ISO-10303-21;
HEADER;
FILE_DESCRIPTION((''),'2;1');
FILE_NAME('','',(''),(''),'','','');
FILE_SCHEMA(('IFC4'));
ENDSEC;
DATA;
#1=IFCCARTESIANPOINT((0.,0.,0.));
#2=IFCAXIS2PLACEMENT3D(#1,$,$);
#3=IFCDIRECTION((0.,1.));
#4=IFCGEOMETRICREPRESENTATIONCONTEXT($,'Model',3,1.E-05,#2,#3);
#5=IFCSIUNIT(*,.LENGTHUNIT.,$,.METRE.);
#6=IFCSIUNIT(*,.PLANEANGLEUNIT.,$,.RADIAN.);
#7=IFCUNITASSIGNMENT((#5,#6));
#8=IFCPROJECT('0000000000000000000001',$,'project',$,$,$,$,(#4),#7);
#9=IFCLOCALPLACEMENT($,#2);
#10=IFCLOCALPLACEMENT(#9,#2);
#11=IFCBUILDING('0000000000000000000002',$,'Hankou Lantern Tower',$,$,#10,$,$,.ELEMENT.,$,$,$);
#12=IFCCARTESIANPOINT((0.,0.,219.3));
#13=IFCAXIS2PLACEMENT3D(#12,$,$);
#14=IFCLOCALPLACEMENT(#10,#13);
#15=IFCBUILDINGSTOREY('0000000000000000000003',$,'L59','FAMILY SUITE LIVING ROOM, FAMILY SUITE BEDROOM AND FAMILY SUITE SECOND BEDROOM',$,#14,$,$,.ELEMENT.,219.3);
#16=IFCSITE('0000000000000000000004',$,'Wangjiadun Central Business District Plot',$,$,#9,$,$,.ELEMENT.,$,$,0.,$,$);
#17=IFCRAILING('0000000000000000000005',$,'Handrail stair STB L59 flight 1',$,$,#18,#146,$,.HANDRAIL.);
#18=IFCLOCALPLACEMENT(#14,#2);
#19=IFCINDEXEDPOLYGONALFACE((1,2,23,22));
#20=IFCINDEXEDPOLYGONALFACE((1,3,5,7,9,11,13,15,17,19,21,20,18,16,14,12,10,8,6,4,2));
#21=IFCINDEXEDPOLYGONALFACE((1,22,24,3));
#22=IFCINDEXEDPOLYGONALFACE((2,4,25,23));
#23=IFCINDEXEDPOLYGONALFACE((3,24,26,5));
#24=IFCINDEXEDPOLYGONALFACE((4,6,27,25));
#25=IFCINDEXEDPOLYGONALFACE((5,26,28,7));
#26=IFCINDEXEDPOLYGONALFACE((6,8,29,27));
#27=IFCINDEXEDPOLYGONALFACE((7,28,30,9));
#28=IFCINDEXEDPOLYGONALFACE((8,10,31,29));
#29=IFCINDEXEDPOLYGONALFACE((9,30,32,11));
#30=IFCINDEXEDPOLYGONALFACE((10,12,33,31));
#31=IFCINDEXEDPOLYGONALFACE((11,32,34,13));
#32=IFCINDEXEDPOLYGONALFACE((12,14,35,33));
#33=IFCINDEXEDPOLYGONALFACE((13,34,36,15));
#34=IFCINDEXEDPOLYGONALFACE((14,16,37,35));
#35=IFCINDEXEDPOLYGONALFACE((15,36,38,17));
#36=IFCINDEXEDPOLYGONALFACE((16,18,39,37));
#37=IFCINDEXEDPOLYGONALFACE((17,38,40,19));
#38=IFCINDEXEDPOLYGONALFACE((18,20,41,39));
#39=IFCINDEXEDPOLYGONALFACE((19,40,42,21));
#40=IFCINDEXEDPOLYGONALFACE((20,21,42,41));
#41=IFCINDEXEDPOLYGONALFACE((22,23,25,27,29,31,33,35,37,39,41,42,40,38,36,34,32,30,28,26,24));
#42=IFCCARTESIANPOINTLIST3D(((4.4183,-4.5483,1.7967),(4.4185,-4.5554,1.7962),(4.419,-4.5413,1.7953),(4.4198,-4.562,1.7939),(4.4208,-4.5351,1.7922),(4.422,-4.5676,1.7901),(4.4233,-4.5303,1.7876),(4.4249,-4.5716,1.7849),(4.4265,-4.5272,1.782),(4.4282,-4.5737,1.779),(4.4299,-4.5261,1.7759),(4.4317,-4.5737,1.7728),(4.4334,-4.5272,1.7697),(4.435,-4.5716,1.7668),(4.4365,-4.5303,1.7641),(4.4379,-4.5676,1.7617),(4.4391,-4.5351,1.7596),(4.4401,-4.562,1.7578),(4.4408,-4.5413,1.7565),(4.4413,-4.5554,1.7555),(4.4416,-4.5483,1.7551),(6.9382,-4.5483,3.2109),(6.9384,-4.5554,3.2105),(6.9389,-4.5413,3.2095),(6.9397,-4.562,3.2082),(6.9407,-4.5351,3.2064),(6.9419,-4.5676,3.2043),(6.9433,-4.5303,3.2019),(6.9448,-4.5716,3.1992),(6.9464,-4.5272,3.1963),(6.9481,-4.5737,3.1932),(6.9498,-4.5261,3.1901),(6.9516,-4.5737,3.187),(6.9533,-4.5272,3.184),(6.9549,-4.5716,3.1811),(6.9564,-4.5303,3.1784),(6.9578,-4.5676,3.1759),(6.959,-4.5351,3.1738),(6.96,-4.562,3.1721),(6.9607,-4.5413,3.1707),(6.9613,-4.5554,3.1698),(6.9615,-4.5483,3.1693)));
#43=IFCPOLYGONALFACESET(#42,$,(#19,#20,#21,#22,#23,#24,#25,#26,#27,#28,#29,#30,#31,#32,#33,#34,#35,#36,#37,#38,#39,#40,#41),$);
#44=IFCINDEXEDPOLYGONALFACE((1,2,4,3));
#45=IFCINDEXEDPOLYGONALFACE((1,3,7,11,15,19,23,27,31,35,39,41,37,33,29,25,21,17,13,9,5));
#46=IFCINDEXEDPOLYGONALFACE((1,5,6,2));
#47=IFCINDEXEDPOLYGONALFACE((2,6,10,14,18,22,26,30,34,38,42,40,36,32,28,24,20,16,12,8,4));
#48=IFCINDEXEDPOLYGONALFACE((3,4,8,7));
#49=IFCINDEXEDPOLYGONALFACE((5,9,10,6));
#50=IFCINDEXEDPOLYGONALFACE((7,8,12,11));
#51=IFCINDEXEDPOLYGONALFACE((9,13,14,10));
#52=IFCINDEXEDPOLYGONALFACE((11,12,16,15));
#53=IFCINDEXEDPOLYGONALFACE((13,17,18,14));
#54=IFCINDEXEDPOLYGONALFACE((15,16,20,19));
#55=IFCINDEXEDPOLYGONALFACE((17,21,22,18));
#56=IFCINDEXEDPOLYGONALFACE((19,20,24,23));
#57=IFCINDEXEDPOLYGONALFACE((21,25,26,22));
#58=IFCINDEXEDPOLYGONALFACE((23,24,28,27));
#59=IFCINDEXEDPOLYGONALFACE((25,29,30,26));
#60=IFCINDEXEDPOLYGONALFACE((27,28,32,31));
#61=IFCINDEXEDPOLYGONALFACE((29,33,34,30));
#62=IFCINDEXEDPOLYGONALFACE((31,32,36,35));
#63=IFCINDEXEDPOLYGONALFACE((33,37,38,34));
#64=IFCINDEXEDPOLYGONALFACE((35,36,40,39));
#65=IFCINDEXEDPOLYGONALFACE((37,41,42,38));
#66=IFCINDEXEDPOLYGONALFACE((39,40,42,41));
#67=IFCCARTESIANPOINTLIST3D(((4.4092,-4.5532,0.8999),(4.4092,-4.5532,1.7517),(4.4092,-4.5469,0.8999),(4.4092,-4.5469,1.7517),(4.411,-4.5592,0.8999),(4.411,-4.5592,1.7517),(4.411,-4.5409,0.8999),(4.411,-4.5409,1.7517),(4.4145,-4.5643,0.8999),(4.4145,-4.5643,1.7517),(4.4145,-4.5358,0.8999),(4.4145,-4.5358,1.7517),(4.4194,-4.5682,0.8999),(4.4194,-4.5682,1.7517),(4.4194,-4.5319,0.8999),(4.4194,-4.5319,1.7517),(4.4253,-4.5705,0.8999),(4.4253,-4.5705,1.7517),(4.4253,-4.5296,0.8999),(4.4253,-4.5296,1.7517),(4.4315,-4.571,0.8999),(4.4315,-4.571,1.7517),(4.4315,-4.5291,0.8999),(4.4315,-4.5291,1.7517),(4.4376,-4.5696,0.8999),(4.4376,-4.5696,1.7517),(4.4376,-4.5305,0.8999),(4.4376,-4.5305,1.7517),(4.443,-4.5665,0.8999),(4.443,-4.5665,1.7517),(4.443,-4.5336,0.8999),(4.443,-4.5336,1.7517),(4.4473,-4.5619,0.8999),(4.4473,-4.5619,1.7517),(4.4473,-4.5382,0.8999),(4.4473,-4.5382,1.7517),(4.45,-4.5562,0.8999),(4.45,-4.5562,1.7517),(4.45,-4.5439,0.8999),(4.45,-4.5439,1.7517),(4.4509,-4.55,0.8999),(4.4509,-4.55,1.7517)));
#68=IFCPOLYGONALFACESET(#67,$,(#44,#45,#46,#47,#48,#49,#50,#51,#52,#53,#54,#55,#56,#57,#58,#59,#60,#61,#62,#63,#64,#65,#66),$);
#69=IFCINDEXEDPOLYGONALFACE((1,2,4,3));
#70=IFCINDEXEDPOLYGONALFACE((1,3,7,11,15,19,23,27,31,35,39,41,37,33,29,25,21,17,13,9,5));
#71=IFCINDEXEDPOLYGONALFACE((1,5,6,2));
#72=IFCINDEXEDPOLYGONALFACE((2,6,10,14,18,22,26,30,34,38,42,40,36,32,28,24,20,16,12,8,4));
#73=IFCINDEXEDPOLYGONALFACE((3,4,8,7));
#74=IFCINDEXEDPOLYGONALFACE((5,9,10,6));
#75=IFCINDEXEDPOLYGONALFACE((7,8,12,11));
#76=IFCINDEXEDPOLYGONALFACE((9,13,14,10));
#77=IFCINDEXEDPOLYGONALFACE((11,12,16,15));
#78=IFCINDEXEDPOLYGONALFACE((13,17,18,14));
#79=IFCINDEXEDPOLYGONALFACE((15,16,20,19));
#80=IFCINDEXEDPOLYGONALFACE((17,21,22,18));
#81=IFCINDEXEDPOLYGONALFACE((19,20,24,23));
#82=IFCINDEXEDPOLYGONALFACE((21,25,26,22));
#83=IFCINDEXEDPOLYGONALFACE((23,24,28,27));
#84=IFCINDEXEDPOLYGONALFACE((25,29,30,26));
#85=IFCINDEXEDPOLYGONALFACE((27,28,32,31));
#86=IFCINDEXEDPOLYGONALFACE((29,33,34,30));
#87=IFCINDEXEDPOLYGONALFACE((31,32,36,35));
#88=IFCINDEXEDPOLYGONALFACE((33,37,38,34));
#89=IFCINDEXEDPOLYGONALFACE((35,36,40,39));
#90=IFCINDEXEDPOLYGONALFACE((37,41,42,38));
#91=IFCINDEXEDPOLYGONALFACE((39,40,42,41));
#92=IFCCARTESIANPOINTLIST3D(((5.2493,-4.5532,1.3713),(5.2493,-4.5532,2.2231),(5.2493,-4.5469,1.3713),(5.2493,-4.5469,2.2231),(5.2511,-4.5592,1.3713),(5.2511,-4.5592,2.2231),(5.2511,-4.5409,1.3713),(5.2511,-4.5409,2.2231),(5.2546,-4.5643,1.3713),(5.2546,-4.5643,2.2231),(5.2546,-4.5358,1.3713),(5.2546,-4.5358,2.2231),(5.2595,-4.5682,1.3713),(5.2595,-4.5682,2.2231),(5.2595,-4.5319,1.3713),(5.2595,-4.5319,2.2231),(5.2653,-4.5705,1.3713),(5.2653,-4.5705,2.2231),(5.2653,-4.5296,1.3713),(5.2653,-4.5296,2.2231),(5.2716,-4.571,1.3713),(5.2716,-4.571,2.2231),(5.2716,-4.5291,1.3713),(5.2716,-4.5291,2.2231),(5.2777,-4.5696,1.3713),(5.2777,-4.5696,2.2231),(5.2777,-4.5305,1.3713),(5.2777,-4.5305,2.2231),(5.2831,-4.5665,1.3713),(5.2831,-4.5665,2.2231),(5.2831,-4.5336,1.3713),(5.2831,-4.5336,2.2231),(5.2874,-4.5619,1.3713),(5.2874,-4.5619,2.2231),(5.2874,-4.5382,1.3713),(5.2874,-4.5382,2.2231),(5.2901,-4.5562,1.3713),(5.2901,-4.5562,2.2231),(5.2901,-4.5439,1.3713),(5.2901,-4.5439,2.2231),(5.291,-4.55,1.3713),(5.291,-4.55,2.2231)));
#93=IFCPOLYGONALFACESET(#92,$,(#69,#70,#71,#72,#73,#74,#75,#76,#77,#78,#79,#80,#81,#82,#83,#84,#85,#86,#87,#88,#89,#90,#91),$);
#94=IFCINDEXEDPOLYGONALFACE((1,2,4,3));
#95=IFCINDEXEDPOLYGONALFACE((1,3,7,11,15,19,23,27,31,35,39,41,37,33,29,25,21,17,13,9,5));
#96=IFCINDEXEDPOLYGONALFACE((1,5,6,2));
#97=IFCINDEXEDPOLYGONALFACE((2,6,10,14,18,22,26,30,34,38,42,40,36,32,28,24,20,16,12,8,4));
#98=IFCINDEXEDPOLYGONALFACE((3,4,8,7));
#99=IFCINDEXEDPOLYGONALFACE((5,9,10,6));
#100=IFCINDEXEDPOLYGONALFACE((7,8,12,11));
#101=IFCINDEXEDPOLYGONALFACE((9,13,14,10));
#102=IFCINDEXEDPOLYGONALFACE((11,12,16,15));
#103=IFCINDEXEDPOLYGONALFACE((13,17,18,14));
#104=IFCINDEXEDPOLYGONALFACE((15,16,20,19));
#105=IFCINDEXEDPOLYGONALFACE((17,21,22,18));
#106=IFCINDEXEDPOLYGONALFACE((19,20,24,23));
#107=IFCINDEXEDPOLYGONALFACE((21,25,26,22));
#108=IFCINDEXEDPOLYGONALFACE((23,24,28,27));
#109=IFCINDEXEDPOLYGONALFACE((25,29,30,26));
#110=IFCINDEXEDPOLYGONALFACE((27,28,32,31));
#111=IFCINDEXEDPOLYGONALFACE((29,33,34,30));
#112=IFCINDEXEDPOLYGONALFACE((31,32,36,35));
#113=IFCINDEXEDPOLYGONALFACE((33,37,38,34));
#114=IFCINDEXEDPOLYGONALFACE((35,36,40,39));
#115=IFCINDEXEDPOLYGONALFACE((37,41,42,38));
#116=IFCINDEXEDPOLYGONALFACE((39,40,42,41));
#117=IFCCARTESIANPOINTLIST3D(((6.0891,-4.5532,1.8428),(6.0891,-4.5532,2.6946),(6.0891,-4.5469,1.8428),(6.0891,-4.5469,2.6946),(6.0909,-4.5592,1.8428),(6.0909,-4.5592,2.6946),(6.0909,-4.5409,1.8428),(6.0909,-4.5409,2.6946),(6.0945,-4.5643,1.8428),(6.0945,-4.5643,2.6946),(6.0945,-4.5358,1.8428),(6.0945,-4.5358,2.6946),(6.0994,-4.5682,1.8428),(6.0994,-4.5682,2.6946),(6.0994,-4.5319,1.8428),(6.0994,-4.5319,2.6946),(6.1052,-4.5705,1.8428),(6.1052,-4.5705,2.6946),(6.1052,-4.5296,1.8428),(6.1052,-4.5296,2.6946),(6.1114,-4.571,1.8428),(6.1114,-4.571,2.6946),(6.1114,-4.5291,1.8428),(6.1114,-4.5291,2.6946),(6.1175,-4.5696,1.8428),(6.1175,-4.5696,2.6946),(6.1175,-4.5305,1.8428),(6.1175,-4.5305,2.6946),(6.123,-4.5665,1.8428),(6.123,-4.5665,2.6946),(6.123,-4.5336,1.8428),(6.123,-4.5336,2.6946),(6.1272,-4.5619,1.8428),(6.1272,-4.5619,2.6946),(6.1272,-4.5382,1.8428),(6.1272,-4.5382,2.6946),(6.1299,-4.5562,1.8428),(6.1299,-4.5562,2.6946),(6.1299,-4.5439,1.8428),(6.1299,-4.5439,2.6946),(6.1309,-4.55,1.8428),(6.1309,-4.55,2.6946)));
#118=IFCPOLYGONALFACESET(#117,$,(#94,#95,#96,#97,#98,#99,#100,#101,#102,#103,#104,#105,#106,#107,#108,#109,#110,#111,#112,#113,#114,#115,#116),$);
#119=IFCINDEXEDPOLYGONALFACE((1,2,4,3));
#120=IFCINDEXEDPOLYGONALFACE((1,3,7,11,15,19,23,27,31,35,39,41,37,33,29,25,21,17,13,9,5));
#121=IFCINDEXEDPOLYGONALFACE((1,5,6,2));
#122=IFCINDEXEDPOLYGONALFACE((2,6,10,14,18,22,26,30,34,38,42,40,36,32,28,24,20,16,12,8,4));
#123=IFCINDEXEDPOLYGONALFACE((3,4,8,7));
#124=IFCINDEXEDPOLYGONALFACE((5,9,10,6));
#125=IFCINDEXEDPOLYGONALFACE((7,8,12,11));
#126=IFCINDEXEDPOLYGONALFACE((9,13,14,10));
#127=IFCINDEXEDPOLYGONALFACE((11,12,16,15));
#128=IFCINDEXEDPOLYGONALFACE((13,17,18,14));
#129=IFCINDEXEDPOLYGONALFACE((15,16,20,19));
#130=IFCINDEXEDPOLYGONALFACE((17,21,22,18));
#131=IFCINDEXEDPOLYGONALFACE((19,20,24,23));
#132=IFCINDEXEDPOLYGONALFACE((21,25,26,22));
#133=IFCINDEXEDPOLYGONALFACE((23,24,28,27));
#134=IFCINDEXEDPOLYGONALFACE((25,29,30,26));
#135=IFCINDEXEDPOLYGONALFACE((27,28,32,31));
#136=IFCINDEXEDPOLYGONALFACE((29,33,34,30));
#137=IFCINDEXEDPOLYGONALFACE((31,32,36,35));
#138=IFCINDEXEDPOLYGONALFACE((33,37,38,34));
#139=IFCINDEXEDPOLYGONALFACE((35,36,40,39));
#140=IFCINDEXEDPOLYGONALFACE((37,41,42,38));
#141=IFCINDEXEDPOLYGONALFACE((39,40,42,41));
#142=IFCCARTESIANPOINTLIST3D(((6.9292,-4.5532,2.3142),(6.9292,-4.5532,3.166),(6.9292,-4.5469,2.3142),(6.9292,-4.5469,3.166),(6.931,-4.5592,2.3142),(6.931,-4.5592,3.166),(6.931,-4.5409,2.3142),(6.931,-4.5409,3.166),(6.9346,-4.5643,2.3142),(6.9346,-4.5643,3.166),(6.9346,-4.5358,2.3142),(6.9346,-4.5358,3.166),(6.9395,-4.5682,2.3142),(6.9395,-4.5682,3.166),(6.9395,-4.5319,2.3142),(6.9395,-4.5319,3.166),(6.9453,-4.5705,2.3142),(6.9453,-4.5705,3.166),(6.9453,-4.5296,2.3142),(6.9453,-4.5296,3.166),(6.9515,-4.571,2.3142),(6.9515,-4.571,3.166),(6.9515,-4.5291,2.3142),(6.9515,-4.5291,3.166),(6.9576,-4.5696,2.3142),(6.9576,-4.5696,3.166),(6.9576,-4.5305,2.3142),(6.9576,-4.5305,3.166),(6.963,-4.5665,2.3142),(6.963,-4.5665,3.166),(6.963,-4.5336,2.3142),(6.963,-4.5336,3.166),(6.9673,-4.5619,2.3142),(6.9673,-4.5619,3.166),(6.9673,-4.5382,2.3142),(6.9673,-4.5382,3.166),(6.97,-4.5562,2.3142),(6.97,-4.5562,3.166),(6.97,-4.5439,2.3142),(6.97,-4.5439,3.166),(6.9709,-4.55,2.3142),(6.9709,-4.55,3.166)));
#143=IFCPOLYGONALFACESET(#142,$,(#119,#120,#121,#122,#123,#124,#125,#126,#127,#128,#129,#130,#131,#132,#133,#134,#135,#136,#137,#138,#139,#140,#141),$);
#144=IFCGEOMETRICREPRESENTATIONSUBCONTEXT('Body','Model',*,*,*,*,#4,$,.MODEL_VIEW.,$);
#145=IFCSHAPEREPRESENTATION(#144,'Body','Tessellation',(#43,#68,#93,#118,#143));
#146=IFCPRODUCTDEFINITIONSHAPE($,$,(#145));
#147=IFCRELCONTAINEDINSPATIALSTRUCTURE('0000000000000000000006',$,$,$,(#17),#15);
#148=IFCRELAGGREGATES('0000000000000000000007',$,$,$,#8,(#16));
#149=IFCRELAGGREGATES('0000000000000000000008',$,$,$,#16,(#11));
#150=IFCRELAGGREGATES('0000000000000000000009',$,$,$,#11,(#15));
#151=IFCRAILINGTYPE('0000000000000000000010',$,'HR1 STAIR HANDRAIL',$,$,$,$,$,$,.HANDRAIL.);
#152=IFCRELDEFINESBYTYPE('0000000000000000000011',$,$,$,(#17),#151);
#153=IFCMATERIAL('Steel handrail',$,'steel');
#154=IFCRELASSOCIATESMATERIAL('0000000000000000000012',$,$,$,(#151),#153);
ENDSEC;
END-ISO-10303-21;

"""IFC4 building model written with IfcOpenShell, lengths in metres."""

from ifc_helpers import new_model, si_unit, direction, frame, origin, origin_2d, place, context, subcontext, project, spatial, circle, extrude, material, type_object, element, save


model = new_model("IFC4")

# Units and contexts
model_context = context("Model", 3, precision=1e-05, world=origin(), true_north=direction((0.0, 1.0)))
body_context = subcontext(model_context, "Body", "Model", "MODEL_VIEW")
ifc_project = project(units=[si_unit("LENGTHUNIT", "METRE"), si_unit("PLANEANGLEUNIT", "RADIAN")], contexts=[model_context])

# Site, building, storey
site_placement = place(None, origin())
site = spatial("IfcSite", under=ifc_project, at=site_placement, Name="Wangjiadun Central Business District Plot", CompositionType="ELEMENT", RefElevation=0.0)
building_placement = place(site_placement, origin())
building = spatial("IfcBuilding", under=site, at=building_placement, Name="Hankou Lantern Tower", CompositionType="ELEMENT")
storey_placement = place(building_placement, frame((0.0, 0.0, 219.3)))
storey = spatial("IfcBuildingStorey", under=building, at=storey_placement, Name="L59", Description="FAMILY SUITE LIVING ROOM, FAMILY SUITE BEDROOM AND FAMILY SUITE SECOND BEDROOM", CompositionType="ELEMENT", Elevation=219.3)

# Railing
ifc_material_1 = material(Name="Steel handrail", Category="steel")
railing_type = type_object("IfcRailingType", Name="HR1 STAIR HANDRAIL", PredefinedType="HANDRAIL", material=ifc_material_1)
railing_1_placement = place(storey_placement, frame((4.4299, -4.55, 0.8999)))
element("IfcRailing", 1, at=railing_1_placement, inside=storey, type_object=railing_type, Name="Handrail stair STB L59 flight 1", PredefinedType="HANDRAIL", context=body_context, shape_type="SweptSolid", body=[
    extrude(circle(Radius=0.0239, at=origin_2d()), frame((0.0, 0.0, 0.876), z_axis=(0.872049, 0.0, 0.489419), x_axis=(0.0, 1.0, 0.0)), (0.0, 0.0, 1.0), 2.8896),
    extrude(circle(Radius=0.021, at=origin_2d()), origin(), (0.0, 0.0, 1.0), 0.8518),
    extrude(circle(Radius=0.021, at=origin_2d()), frame((0.8401, 0.0, 0.4714)), (0.0, 0.0, 1.0), 0.8518),
    extrude(circle(Radius=0.021, at=origin_2d()), frame((1.6799, 0.0, 0.9429)), (0.0, 0.0, 1.0), 0.8518),
    extrude(circle(Radius=0.021, at=origin_2d()), frame((2.52, 0.0, 1.4143)), (0.0, 0.0, 1.0), 0.8518),
])

save(model, "model.ifc")
